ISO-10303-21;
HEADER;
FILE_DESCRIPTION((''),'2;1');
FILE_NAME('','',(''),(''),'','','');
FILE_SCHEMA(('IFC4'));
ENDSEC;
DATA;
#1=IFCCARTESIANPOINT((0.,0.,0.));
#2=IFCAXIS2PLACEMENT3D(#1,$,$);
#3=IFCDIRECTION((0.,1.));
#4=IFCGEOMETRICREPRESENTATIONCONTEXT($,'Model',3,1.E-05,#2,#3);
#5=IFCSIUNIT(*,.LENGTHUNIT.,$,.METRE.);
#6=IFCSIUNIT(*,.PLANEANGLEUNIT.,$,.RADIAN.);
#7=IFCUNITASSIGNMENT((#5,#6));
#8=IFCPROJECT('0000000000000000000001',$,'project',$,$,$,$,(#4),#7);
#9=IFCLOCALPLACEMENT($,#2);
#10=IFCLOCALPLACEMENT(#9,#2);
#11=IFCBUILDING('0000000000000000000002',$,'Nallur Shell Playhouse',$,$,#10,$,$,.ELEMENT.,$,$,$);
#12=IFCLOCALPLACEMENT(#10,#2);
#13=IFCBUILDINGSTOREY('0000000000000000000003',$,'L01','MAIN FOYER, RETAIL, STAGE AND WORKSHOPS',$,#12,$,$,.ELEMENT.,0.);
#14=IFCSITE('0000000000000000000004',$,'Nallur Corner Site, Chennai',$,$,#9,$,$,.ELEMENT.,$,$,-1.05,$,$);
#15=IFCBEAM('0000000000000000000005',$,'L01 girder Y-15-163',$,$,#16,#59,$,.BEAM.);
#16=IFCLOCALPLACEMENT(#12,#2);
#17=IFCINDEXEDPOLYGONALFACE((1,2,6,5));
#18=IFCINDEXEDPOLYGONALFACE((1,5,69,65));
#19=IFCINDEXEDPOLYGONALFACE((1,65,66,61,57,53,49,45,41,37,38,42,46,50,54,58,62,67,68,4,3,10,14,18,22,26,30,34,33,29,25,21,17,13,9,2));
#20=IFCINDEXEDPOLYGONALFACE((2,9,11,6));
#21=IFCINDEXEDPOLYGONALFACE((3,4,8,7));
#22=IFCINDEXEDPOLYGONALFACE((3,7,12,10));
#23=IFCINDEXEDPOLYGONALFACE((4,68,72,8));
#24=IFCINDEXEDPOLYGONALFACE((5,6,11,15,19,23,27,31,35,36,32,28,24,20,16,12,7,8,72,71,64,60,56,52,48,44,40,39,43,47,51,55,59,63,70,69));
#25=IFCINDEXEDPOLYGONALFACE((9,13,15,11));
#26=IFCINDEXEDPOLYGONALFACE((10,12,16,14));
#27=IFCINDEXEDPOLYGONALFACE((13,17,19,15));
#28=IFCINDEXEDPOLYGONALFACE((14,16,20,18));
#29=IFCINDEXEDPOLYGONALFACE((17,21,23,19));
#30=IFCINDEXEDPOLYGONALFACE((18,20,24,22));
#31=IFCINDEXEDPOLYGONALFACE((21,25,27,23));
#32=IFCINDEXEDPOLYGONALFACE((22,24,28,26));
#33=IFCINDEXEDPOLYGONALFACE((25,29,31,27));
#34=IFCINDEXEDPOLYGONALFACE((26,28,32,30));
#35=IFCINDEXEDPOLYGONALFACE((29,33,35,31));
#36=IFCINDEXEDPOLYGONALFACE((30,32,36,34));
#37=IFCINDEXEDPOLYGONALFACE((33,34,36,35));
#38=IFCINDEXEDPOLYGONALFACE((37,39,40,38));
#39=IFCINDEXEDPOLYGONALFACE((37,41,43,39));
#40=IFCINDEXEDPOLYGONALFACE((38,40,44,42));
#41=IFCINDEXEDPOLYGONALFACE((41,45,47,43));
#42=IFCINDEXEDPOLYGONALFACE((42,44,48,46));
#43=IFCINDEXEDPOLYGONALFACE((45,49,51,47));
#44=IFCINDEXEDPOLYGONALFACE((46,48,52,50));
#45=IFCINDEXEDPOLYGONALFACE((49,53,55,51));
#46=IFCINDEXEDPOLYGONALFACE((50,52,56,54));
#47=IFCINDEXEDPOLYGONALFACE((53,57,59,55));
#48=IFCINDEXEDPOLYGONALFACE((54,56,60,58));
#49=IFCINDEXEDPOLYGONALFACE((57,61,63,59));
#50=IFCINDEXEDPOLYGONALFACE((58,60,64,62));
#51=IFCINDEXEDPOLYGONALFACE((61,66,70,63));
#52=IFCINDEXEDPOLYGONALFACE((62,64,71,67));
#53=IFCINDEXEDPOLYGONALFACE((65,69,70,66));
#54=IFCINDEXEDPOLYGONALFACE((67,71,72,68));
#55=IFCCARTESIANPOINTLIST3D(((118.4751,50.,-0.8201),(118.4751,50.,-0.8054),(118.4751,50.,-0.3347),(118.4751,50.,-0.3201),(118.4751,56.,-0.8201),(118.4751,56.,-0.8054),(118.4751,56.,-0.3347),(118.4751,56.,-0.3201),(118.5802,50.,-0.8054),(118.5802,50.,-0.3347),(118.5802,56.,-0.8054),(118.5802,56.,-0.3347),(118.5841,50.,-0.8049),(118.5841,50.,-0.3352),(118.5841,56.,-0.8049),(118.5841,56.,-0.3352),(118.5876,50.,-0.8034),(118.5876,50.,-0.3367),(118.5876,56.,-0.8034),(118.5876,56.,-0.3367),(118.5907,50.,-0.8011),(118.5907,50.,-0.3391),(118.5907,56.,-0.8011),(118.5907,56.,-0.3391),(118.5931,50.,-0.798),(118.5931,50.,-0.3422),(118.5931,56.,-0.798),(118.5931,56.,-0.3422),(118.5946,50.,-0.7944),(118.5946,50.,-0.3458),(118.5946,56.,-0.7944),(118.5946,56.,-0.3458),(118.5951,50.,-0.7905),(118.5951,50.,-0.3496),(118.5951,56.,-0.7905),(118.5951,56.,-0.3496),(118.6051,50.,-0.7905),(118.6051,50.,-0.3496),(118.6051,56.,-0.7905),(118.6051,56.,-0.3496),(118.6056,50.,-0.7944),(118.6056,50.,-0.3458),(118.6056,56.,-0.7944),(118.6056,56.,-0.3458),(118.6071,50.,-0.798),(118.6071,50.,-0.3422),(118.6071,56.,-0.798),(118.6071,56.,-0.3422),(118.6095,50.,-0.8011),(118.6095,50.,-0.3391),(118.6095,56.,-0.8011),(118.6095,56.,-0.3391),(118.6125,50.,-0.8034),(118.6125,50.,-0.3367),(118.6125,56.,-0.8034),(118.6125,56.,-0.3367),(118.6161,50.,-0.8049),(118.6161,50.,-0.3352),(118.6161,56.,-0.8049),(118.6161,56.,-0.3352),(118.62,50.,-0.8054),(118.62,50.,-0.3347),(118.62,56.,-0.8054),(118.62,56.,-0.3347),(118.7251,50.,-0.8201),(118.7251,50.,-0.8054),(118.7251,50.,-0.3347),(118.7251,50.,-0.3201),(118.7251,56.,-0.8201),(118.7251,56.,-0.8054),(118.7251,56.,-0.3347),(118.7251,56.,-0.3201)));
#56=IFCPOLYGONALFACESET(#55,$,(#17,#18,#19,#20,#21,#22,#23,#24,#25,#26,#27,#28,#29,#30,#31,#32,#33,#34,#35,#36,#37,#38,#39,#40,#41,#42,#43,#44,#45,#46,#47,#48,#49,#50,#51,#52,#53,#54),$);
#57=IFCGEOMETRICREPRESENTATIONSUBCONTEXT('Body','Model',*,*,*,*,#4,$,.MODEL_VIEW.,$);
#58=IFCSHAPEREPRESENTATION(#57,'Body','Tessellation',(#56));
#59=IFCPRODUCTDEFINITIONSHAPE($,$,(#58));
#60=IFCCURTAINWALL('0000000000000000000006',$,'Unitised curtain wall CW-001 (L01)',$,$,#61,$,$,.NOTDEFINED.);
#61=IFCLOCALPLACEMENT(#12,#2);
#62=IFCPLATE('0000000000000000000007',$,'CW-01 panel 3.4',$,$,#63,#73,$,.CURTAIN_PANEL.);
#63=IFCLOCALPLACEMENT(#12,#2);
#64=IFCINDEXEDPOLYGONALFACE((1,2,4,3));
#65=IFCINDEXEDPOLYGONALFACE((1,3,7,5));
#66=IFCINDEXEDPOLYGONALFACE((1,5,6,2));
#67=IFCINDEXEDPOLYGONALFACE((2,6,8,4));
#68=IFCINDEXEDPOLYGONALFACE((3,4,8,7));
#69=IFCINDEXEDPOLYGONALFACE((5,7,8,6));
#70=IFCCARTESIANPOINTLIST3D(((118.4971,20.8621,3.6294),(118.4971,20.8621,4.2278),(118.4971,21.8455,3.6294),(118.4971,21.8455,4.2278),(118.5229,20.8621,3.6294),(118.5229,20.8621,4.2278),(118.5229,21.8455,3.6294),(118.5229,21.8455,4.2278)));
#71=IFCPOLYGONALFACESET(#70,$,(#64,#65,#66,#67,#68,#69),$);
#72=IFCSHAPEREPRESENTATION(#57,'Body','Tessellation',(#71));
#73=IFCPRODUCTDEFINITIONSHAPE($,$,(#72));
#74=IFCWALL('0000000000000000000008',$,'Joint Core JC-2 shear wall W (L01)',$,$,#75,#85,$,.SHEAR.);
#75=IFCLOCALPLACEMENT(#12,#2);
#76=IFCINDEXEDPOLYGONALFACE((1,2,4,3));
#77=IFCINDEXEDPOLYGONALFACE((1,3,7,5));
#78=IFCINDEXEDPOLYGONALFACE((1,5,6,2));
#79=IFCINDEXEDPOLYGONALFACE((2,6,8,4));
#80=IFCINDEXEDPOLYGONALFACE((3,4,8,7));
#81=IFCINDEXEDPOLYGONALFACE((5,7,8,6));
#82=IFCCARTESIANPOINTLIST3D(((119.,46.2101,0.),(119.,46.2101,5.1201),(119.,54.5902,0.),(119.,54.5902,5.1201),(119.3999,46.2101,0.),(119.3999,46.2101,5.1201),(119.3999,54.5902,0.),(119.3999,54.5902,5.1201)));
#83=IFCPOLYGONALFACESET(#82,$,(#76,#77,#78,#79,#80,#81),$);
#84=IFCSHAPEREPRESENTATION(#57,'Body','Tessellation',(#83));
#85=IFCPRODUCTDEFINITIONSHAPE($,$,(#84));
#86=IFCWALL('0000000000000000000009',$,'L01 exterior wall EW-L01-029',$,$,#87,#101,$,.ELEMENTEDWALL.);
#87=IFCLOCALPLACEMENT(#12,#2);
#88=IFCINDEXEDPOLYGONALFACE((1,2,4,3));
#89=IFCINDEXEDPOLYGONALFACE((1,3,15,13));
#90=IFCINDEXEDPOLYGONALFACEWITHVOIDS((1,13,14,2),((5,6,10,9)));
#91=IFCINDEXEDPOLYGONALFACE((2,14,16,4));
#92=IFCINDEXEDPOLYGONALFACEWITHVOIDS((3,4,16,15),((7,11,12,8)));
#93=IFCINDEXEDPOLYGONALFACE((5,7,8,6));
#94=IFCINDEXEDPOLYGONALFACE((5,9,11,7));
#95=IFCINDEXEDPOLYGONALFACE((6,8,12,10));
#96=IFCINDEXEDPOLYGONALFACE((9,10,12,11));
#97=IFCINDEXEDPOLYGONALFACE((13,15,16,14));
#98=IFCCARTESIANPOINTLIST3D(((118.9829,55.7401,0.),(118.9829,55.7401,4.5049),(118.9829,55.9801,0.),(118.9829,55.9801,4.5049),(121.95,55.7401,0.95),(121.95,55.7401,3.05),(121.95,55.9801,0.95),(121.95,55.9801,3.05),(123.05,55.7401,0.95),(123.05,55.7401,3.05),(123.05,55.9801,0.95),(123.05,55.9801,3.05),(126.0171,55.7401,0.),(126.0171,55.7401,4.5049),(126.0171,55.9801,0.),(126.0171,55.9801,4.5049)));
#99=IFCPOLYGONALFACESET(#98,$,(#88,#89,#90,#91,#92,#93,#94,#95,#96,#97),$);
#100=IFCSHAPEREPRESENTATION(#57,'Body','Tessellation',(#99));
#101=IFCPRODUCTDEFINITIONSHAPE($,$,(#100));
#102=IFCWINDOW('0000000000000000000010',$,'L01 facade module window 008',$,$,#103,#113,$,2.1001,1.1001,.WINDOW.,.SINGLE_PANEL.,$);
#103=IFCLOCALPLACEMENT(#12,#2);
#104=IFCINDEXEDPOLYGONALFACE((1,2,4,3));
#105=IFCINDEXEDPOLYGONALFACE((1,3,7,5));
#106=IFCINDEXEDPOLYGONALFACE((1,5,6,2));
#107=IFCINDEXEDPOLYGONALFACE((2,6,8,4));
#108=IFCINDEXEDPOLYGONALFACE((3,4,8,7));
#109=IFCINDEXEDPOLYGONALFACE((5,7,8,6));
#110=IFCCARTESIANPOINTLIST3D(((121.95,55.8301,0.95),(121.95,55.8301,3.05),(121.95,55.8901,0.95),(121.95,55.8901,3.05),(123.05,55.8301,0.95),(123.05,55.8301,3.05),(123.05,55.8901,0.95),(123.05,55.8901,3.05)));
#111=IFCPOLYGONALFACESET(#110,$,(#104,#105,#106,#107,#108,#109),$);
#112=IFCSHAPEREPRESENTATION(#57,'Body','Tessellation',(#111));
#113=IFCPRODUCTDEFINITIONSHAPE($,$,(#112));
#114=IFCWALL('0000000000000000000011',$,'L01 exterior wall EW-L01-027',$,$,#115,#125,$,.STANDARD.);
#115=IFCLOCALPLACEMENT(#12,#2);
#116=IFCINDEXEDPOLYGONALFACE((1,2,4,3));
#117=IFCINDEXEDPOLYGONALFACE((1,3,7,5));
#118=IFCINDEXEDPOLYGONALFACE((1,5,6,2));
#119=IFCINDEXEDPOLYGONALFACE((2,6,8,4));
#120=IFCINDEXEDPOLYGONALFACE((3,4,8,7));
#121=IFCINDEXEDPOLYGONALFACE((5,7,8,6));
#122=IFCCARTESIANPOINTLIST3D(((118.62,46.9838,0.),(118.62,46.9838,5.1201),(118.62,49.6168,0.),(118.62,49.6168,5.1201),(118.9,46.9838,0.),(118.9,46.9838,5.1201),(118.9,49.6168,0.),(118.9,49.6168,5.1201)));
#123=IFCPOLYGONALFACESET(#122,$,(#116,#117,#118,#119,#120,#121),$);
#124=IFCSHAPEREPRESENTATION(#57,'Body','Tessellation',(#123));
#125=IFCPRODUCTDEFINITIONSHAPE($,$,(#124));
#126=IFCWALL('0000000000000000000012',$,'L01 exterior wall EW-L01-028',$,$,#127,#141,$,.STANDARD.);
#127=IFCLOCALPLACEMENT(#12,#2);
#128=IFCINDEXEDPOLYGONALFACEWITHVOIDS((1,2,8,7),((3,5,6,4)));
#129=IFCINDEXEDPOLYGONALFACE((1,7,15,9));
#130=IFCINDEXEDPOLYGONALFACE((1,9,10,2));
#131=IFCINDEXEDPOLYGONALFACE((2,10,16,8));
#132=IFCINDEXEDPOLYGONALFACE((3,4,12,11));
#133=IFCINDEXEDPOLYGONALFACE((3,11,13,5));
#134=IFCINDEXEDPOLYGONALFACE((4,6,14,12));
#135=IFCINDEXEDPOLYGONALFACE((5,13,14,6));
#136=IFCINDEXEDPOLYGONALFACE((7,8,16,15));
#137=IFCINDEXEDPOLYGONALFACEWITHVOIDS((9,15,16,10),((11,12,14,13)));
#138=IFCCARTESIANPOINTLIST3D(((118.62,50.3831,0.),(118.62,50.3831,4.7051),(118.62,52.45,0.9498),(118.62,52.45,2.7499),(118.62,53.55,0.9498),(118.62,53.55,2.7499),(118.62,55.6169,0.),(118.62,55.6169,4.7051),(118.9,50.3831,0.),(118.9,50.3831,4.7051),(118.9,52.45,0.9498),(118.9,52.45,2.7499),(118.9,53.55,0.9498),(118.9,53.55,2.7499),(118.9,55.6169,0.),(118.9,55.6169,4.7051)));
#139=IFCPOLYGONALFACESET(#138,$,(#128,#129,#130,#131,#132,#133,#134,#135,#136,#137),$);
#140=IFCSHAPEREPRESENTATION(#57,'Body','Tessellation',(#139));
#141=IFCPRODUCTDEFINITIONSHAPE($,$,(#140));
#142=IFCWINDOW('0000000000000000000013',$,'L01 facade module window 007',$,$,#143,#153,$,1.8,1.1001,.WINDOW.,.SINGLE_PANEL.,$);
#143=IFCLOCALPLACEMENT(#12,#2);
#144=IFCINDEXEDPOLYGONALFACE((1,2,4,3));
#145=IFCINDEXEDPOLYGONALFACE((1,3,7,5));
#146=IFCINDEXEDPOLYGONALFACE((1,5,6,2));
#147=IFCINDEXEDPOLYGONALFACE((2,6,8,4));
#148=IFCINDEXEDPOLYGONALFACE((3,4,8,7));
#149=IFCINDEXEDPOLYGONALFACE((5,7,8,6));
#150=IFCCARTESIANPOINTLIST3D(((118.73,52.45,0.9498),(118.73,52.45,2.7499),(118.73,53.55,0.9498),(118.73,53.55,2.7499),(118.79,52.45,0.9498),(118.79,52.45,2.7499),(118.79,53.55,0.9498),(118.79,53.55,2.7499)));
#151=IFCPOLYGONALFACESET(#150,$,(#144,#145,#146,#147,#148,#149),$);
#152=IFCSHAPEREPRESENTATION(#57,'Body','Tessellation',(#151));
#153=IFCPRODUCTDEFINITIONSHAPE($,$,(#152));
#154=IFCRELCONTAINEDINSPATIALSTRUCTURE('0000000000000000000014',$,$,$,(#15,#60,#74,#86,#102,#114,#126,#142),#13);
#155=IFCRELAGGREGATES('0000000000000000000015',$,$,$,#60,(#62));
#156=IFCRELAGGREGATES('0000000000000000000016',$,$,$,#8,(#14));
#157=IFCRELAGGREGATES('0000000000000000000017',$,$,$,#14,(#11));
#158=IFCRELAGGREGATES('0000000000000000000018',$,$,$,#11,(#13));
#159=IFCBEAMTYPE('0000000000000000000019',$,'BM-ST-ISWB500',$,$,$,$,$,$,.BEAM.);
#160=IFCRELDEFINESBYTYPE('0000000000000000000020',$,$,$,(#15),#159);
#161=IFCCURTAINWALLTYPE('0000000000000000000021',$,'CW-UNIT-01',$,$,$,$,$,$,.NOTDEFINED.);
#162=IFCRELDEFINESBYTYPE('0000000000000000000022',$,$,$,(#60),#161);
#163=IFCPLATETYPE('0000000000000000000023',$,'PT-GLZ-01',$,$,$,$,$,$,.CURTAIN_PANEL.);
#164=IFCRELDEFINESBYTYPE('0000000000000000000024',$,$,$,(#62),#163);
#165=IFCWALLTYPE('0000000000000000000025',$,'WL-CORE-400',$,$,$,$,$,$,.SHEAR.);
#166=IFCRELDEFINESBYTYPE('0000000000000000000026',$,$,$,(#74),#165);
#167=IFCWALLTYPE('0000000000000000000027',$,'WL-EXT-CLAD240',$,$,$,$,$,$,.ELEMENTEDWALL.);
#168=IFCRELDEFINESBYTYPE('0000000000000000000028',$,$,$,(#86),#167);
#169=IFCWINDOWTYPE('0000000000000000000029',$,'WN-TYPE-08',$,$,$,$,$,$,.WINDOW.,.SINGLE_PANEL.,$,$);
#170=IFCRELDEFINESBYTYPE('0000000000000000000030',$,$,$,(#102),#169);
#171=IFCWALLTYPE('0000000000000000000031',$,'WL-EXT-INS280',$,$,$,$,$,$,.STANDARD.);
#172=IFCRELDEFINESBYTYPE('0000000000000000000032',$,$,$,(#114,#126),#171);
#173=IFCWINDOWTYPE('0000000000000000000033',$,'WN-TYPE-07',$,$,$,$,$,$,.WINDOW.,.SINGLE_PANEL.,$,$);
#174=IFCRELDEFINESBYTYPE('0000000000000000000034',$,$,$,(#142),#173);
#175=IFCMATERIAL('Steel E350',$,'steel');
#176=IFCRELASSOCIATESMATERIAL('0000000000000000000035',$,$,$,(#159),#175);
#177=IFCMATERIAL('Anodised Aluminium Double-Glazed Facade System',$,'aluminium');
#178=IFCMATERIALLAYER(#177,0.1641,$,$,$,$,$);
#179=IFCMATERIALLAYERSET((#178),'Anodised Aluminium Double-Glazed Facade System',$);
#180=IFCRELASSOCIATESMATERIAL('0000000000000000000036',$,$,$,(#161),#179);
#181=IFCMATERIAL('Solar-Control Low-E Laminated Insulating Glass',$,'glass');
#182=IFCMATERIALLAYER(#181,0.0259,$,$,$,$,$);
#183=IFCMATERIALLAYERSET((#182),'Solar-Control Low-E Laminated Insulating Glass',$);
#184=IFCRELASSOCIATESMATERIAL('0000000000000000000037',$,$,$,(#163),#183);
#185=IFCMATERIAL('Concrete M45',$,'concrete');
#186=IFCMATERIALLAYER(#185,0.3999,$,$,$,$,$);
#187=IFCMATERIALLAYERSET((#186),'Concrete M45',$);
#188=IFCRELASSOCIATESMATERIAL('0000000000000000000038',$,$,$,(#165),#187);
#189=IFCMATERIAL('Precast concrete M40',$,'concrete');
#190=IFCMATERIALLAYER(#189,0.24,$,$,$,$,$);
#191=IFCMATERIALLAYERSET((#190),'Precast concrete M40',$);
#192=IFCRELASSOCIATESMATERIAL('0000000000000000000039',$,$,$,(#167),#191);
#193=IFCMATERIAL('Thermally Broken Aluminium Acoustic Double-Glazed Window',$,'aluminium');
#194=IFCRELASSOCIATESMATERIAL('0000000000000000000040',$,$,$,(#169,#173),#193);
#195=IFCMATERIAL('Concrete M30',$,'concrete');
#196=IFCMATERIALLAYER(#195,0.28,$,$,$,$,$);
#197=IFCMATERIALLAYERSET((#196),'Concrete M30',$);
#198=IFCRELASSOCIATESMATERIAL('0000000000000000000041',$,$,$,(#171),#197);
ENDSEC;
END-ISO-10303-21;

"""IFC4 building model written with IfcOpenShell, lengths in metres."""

from ifc_helpers import new_model, si_unit, direction, frame, frame_2d, origin, origin_2d, place, context, subcontext, project, spatial, rectangle, i_section, extrude, material, layer, layer_set, material_profile, profile_set, type_object, element, fill, aggregate, save


model = new_model("IFC4")

# Units and contexts
model_context = context("Model", 3, precision=1e-05, world=origin(), true_north=direction((0.0, 1.0)))
body_context = subcontext(model_context, "Body", "Model", "MODEL_VIEW")
ifc_project = project(units=[si_unit("LENGTHUNIT", "METRE"), si_unit("PLANEANGLEUNIT", "RADIAN")], contexts=[model_context])

# Site, building, storey
site_placement = place(None, origin())
site = spatial("IfcSite", under=ifc_project, at=site_placement, Name="Nallur Corner Site, Chennai", CompositionType="ELEMENT", RefElevation=-1.05)
building_placement = place(site_placement, origin())
building = spatial("IfcBuilding", under=site, at=building_placement, Name="Nallur Shell Playhouse", CompositionType="ELEMENT")
storey_placement = place(building_placement, origin())
storey = spatial("IfcBuildingStorey", under=building, at=storey_placement, Name="L01", Description="MAIN FOYER, RETAIL, STAGE AND WORKSHOPS", CompositionType="ELEMENT", Elevation=0.0)

# Shared definitions
ifc_material_1 = material(Name="Steel E350", Category="steel")

# Beam
ifc_material_profile_1 = material_profile(ifc_material_1, i_section(OverallWidth=0.25, OverallDepth=0.5, WebThickness=0.01, FlangeThickness=0.0146, FilletRadius=0.0149, at=origin_2d()), Name="ISWB 500")
ifc_profile_set_1 = profile_set([ifc_material_profile_1], Name="Steel E350")
beam_type_1 = type_object("IfcBeamType", Name="BM-ST-ISWB500", PredefinedType="BEAM", material=ifc_profile_set_1)
beam_1_placement = place(storey_placement, frame((118.6001, 50.0, -0.5701), z_axis=(0.0, 1.0, 0.0), x_axis=(-1.0, 0.0, 0.0)))
element("IfcBeam", 1, at=beam_1_placement, inside=storey, type_object=beam_type_1, Name="L01 girder Y-15-163", PredefinedType="BEAM", context=body_context, shape_type="SweptSolid", body=[
    extrude(i_section(OverallWidth=0.25, OverallDepth=0.5, WebThickness=0.01, FlangeThickness=0.0146, FilletRadius=0.0149, at=origin_2d()), origin(), (0.0, 0.0, 1.0), 6.0),
])

# Curtain wall, plate
ifc_material_2 = material(Name="Anodised Aluminium Double-Glazed Facade System", Category="aluminium")
ifc_layer_1 = layer(ifc_material_2, 0.1641)
ifc_layer_set_1 = layer_set([ifc_layer_1], Name="Anodised Aluminium Double-Glazed Facade System")
curtain_wall_type = type_object("IfcCurtainWallType", Name="CW-UNIT-01", PredefinedType="NOTDEFINED", material=ifc_layer_set_1)
curtain_wall_placement = place(storey_placement, origin())
curtain_wall = element("IfcCurtainWall", 2, at=curtain_wall_placement, inside=storey, type_object=curtain_wall_type, Name="Unitised curtain wall CW-001 (L01)", PredefinedType="NOTDEFINED")
ifc_material_3 = material(Name="Solar-Control Low-E Laminated Insulating Glass", Category="glass")
ifc_layer_2 = layer(ifc_material_3, 0.0259)
ifc_layer_set_2 = layer_set([ifc_layer_2], Name="Solar-Control Low-E Laminated Insulating Glass")
plate_type = type_object("IfcPlateType", Name="PT-GLZ-01", PredefinedType="CURTAIN_PANEL", material=ifc_layer_set_2)
plate_placement = place(storey_placement, frame((118.51, 21.3538, 3.6294), z_axis=(0.0, 0.0, 1.0), x_axis=(0.0, -1.0, 0.0)))
plate = element("IfcPlate", 3, at=plate_placement, type_object=plate_type, Name="CW-01 panel 3.4", PredefinedType="CURTAIN_PANEL", context=body_context, shape_type="SweptSolid", body=[
    extrude(rectangle(XDim=0.9834, YDim=0.0259, at=origin_2d()), origin(), (0.0, 0.0, 1.0), 0.5984),
])
aggregate(curtain_wall, [plate])

# Shared definitions
ifc_material_4 = material(Name="Concrete M45", Category="concrete")
ifc_layer_3 = layer(ifc_material_4, 0.3999)
ifc_layer_set_3 = layer_set([ifc_layer_3], Name="Concrete M45")
wall_type_1 = type_object("IfcWallType", Name="WL-CORE-400", PredefinedType="SHEAR", material=ifc_layer_set_3)

# Wall
wall_1_placement = place(storey_placement, frame((119.2, 54.5901, 0.0), z_axis=(0.0, 0.0, 1.0), x_axis=(0.0, -1.0, 0.0)))
element("IfcWall", 4, at=wall_1_placement, inside=storey, type_object=wall_type_1, Name="Joint Core JC-2 shear wall W (L01)", PredefinedType="SHEAR", context=body_context, shape_type="SweptSolid", body=[
    extrude(rectangle(XDim=8.3801, YDim=0.3999, at=frame_2d((4.1899, 0.0))), origin(), (0.0, 0.0, 1.0), 5.1201),
])

# Wall, opening, window
ifc_material_5 = material(Name="Precast concrete M40", Category="concrete")
ifc_layer_4 = layer(ifc_material_5, 0.24)
ifc_layer_set_4 = layer_set([ifc_layer_4], Name="Precast concrete M40")
wall_type_2 = type_object("IfcWallType", Name="WL-EXT-CLAD240", PredefinedType="ELEMENTEDWALL", material=ifc_layer_set_4)
wall_2_placement = place(storey_placement, frame((118.9829, 55.8601, 0.0), z_axis=(0.0, 0.0, 1.0), x_axis=(1.0, 0.0, 0.0)))
wall_2 = element("IfcWall", 5, at=wall_2_placement, inside=storey, type_object=wall_type_2, Name="L01 exterior wall EW-L01-029", PredefinedType="ELEMENTEDWALL", context=body_context, shape_type="SweptSolid", body=[
    extrude(rectangle(XDim=7.0342, YDim=0.24, at=frame_2d((3.5171, 0.0))), origin(), (0.0, 0.0, 1.0), 4.5049),
])
opening_1_placement = place(wall_2_placement, frame((2.967, 0.0, 0.95)))
opening_1 = element("IfcOpeningElement", 6, at=opening_1_placement, cuts=wall_2, PredefinedType="OPENING", context=body_context, shape_type="SweptSolid", body=[
    extrude(rectangle(XDim=1.1001, YDim=2.1001, at=frame_2d((0.55, 1.05))), frame((0.0, 0.1299, 0.0), z_axis=(0.0, -1.0, 0.0), x_axis=(1.0, 0.0, 0.0)), (0.0, 0.0, 1.0), 0.26),
])
ifc_material_6 = material(Name="Thermally Broken Aluminium Acoustic Double-Glazed Window", Category="aluminium")
window_type_1 = type_object("IfcWindowType", Name="WN-TYPE-08", PartitioningType="SINGLE_PANEL", PredefinedType="WINDOW", material=ifc_material_6)
window_1_placement = place(opening_1_placement, origin())
window_1 = element("IfcWindow", 7, at=window_1_placement, inside=storey, type_object=window_type_1, Name="L01 facade module window 008", OverallHeight=2.1001, OverallWidth=1.1001, PartitioningType="SINGLE_PANEL", PredefinedType="WINDOW", context=body_context, shape_type="SweptSolid", body=[
    extrude(rectangle(XDim=1.1001, YDim=2.1001, at=frame_2d((0.55, 1.05))), frame((0.0, 0.03, 0.0), z_axis=(0.0, -1.0, 0.0), x_axis=(1.0, 0.0, 0.0)), (0.0, 0.0, 1.0), 0.0601),
])
fill(opening_1, window_1)

# Wall
ifc_material_7 = material(Name="Concrete M30", Category="concrete")
ifc_layer_5 = layer(ifc_material_7, 0.28)
ifc_layer_set_5 = layer_set([ifc_layer_5], Name="Concrete M30")
wall_type_3 = type_object("IfcWallType", Name="WL-EXT-INS280", PredefinedType="STANDARD", material=ifc_layer_set_5)
wall_3_placement = place(storey_placement, frame((118.76, 46.9839, 0.0), z_axis=(0.0, 0.0, 1.0), x_axis=(0.0, 1.0, 0.0)))
element("IfcWall", 8, at=wall_3_placement, inside=storey, type_object=wall_type_3, Name="L01 exterior wall EW-L01-027", PredefinedType="STANDARD", context=body_context, shape_type="SweptSolid", body=[
    extrude(rectangle(XDim=2.6331, YDim=0.28, at=frame_2d((1.3164, 0.0))), origin(), (0.0, 0.0, 1.0), 5.1201),
])

# Wall, opening, window
wall_4_placement = place(storey_placement, frame((118.76, 50.3831, 0.0), z_axis=(0.0, 0.0, 1.0), x_axis=(0.0, 1.0, 0.0)))
wall_4 = element("IfcWall", 9, at=wall_4_placement, inside=storey, type_object=wall_type_3, Name="L01 exterior wall EW-L01-028", PredefinedType="STANDARD", context=body_context, shape_type="SweptSolid", body=[
    extrude(rectangle(XDim=5.2339, YDim=0.28, at=frame_2d((2.6169, 0.0))), origin(), (0.0, 0.0, 1.0), 4.7051),
])
opening_2_placement = place(wall_4_placement, frame((2.0669, 0.0, 0.95)))
opening_2 = element("IfcOpeningElement", 10, at=opening_2_placement, cuts=wall_4, PredefinedType="OPENING", context=body_context, shape_type="SweptSolid", body=[
    extrude(rectangle(XDim=1.1001, YDim=1.8, at=frame_2d((0.55, 0.8999))), frame((0.0, 0.1499, 0.0), z_axis=(0.0, -1.0, 0.0), x_axis=(1.0, 0.0, 0.0)), (0.0, 0.0, 1.0), 0.3),
])
window_type_2 = type_object("IfcWindowType", Name="WN-TYPE-07", PartitioningType="SINGLE_PANEL", PredefinedType="WINDOW", material=ifc_material_6)
window_2_placement = place(opening_2_placement, origin())
window_2 = element("IfcWindow", 11, at=window_2_placement, inside=storey, type_object=window_type_2, Name="L01 facade module window 007", OverallHeight=1.8, OverallWidth=1.1001, PartitioningType="SINGLE_PANEL", PredefinedType="WINDOW", context=body_context, shape_type="SweptSolid", body=[
    extrude(rectangle(XDim=1.1001, YDim=1.8, at=frame_2d((0.55, 0.8999))), frame((0.0, 0.03, 0.0), z_axis=(0.0, -1.0, 0.0), x_axis=(1.0, 0.0, 0.0)), (0.0, 0.0, 1.0), 0.0601),
])
fill(opening_2, window_2)

save(model, "model.ifc")
